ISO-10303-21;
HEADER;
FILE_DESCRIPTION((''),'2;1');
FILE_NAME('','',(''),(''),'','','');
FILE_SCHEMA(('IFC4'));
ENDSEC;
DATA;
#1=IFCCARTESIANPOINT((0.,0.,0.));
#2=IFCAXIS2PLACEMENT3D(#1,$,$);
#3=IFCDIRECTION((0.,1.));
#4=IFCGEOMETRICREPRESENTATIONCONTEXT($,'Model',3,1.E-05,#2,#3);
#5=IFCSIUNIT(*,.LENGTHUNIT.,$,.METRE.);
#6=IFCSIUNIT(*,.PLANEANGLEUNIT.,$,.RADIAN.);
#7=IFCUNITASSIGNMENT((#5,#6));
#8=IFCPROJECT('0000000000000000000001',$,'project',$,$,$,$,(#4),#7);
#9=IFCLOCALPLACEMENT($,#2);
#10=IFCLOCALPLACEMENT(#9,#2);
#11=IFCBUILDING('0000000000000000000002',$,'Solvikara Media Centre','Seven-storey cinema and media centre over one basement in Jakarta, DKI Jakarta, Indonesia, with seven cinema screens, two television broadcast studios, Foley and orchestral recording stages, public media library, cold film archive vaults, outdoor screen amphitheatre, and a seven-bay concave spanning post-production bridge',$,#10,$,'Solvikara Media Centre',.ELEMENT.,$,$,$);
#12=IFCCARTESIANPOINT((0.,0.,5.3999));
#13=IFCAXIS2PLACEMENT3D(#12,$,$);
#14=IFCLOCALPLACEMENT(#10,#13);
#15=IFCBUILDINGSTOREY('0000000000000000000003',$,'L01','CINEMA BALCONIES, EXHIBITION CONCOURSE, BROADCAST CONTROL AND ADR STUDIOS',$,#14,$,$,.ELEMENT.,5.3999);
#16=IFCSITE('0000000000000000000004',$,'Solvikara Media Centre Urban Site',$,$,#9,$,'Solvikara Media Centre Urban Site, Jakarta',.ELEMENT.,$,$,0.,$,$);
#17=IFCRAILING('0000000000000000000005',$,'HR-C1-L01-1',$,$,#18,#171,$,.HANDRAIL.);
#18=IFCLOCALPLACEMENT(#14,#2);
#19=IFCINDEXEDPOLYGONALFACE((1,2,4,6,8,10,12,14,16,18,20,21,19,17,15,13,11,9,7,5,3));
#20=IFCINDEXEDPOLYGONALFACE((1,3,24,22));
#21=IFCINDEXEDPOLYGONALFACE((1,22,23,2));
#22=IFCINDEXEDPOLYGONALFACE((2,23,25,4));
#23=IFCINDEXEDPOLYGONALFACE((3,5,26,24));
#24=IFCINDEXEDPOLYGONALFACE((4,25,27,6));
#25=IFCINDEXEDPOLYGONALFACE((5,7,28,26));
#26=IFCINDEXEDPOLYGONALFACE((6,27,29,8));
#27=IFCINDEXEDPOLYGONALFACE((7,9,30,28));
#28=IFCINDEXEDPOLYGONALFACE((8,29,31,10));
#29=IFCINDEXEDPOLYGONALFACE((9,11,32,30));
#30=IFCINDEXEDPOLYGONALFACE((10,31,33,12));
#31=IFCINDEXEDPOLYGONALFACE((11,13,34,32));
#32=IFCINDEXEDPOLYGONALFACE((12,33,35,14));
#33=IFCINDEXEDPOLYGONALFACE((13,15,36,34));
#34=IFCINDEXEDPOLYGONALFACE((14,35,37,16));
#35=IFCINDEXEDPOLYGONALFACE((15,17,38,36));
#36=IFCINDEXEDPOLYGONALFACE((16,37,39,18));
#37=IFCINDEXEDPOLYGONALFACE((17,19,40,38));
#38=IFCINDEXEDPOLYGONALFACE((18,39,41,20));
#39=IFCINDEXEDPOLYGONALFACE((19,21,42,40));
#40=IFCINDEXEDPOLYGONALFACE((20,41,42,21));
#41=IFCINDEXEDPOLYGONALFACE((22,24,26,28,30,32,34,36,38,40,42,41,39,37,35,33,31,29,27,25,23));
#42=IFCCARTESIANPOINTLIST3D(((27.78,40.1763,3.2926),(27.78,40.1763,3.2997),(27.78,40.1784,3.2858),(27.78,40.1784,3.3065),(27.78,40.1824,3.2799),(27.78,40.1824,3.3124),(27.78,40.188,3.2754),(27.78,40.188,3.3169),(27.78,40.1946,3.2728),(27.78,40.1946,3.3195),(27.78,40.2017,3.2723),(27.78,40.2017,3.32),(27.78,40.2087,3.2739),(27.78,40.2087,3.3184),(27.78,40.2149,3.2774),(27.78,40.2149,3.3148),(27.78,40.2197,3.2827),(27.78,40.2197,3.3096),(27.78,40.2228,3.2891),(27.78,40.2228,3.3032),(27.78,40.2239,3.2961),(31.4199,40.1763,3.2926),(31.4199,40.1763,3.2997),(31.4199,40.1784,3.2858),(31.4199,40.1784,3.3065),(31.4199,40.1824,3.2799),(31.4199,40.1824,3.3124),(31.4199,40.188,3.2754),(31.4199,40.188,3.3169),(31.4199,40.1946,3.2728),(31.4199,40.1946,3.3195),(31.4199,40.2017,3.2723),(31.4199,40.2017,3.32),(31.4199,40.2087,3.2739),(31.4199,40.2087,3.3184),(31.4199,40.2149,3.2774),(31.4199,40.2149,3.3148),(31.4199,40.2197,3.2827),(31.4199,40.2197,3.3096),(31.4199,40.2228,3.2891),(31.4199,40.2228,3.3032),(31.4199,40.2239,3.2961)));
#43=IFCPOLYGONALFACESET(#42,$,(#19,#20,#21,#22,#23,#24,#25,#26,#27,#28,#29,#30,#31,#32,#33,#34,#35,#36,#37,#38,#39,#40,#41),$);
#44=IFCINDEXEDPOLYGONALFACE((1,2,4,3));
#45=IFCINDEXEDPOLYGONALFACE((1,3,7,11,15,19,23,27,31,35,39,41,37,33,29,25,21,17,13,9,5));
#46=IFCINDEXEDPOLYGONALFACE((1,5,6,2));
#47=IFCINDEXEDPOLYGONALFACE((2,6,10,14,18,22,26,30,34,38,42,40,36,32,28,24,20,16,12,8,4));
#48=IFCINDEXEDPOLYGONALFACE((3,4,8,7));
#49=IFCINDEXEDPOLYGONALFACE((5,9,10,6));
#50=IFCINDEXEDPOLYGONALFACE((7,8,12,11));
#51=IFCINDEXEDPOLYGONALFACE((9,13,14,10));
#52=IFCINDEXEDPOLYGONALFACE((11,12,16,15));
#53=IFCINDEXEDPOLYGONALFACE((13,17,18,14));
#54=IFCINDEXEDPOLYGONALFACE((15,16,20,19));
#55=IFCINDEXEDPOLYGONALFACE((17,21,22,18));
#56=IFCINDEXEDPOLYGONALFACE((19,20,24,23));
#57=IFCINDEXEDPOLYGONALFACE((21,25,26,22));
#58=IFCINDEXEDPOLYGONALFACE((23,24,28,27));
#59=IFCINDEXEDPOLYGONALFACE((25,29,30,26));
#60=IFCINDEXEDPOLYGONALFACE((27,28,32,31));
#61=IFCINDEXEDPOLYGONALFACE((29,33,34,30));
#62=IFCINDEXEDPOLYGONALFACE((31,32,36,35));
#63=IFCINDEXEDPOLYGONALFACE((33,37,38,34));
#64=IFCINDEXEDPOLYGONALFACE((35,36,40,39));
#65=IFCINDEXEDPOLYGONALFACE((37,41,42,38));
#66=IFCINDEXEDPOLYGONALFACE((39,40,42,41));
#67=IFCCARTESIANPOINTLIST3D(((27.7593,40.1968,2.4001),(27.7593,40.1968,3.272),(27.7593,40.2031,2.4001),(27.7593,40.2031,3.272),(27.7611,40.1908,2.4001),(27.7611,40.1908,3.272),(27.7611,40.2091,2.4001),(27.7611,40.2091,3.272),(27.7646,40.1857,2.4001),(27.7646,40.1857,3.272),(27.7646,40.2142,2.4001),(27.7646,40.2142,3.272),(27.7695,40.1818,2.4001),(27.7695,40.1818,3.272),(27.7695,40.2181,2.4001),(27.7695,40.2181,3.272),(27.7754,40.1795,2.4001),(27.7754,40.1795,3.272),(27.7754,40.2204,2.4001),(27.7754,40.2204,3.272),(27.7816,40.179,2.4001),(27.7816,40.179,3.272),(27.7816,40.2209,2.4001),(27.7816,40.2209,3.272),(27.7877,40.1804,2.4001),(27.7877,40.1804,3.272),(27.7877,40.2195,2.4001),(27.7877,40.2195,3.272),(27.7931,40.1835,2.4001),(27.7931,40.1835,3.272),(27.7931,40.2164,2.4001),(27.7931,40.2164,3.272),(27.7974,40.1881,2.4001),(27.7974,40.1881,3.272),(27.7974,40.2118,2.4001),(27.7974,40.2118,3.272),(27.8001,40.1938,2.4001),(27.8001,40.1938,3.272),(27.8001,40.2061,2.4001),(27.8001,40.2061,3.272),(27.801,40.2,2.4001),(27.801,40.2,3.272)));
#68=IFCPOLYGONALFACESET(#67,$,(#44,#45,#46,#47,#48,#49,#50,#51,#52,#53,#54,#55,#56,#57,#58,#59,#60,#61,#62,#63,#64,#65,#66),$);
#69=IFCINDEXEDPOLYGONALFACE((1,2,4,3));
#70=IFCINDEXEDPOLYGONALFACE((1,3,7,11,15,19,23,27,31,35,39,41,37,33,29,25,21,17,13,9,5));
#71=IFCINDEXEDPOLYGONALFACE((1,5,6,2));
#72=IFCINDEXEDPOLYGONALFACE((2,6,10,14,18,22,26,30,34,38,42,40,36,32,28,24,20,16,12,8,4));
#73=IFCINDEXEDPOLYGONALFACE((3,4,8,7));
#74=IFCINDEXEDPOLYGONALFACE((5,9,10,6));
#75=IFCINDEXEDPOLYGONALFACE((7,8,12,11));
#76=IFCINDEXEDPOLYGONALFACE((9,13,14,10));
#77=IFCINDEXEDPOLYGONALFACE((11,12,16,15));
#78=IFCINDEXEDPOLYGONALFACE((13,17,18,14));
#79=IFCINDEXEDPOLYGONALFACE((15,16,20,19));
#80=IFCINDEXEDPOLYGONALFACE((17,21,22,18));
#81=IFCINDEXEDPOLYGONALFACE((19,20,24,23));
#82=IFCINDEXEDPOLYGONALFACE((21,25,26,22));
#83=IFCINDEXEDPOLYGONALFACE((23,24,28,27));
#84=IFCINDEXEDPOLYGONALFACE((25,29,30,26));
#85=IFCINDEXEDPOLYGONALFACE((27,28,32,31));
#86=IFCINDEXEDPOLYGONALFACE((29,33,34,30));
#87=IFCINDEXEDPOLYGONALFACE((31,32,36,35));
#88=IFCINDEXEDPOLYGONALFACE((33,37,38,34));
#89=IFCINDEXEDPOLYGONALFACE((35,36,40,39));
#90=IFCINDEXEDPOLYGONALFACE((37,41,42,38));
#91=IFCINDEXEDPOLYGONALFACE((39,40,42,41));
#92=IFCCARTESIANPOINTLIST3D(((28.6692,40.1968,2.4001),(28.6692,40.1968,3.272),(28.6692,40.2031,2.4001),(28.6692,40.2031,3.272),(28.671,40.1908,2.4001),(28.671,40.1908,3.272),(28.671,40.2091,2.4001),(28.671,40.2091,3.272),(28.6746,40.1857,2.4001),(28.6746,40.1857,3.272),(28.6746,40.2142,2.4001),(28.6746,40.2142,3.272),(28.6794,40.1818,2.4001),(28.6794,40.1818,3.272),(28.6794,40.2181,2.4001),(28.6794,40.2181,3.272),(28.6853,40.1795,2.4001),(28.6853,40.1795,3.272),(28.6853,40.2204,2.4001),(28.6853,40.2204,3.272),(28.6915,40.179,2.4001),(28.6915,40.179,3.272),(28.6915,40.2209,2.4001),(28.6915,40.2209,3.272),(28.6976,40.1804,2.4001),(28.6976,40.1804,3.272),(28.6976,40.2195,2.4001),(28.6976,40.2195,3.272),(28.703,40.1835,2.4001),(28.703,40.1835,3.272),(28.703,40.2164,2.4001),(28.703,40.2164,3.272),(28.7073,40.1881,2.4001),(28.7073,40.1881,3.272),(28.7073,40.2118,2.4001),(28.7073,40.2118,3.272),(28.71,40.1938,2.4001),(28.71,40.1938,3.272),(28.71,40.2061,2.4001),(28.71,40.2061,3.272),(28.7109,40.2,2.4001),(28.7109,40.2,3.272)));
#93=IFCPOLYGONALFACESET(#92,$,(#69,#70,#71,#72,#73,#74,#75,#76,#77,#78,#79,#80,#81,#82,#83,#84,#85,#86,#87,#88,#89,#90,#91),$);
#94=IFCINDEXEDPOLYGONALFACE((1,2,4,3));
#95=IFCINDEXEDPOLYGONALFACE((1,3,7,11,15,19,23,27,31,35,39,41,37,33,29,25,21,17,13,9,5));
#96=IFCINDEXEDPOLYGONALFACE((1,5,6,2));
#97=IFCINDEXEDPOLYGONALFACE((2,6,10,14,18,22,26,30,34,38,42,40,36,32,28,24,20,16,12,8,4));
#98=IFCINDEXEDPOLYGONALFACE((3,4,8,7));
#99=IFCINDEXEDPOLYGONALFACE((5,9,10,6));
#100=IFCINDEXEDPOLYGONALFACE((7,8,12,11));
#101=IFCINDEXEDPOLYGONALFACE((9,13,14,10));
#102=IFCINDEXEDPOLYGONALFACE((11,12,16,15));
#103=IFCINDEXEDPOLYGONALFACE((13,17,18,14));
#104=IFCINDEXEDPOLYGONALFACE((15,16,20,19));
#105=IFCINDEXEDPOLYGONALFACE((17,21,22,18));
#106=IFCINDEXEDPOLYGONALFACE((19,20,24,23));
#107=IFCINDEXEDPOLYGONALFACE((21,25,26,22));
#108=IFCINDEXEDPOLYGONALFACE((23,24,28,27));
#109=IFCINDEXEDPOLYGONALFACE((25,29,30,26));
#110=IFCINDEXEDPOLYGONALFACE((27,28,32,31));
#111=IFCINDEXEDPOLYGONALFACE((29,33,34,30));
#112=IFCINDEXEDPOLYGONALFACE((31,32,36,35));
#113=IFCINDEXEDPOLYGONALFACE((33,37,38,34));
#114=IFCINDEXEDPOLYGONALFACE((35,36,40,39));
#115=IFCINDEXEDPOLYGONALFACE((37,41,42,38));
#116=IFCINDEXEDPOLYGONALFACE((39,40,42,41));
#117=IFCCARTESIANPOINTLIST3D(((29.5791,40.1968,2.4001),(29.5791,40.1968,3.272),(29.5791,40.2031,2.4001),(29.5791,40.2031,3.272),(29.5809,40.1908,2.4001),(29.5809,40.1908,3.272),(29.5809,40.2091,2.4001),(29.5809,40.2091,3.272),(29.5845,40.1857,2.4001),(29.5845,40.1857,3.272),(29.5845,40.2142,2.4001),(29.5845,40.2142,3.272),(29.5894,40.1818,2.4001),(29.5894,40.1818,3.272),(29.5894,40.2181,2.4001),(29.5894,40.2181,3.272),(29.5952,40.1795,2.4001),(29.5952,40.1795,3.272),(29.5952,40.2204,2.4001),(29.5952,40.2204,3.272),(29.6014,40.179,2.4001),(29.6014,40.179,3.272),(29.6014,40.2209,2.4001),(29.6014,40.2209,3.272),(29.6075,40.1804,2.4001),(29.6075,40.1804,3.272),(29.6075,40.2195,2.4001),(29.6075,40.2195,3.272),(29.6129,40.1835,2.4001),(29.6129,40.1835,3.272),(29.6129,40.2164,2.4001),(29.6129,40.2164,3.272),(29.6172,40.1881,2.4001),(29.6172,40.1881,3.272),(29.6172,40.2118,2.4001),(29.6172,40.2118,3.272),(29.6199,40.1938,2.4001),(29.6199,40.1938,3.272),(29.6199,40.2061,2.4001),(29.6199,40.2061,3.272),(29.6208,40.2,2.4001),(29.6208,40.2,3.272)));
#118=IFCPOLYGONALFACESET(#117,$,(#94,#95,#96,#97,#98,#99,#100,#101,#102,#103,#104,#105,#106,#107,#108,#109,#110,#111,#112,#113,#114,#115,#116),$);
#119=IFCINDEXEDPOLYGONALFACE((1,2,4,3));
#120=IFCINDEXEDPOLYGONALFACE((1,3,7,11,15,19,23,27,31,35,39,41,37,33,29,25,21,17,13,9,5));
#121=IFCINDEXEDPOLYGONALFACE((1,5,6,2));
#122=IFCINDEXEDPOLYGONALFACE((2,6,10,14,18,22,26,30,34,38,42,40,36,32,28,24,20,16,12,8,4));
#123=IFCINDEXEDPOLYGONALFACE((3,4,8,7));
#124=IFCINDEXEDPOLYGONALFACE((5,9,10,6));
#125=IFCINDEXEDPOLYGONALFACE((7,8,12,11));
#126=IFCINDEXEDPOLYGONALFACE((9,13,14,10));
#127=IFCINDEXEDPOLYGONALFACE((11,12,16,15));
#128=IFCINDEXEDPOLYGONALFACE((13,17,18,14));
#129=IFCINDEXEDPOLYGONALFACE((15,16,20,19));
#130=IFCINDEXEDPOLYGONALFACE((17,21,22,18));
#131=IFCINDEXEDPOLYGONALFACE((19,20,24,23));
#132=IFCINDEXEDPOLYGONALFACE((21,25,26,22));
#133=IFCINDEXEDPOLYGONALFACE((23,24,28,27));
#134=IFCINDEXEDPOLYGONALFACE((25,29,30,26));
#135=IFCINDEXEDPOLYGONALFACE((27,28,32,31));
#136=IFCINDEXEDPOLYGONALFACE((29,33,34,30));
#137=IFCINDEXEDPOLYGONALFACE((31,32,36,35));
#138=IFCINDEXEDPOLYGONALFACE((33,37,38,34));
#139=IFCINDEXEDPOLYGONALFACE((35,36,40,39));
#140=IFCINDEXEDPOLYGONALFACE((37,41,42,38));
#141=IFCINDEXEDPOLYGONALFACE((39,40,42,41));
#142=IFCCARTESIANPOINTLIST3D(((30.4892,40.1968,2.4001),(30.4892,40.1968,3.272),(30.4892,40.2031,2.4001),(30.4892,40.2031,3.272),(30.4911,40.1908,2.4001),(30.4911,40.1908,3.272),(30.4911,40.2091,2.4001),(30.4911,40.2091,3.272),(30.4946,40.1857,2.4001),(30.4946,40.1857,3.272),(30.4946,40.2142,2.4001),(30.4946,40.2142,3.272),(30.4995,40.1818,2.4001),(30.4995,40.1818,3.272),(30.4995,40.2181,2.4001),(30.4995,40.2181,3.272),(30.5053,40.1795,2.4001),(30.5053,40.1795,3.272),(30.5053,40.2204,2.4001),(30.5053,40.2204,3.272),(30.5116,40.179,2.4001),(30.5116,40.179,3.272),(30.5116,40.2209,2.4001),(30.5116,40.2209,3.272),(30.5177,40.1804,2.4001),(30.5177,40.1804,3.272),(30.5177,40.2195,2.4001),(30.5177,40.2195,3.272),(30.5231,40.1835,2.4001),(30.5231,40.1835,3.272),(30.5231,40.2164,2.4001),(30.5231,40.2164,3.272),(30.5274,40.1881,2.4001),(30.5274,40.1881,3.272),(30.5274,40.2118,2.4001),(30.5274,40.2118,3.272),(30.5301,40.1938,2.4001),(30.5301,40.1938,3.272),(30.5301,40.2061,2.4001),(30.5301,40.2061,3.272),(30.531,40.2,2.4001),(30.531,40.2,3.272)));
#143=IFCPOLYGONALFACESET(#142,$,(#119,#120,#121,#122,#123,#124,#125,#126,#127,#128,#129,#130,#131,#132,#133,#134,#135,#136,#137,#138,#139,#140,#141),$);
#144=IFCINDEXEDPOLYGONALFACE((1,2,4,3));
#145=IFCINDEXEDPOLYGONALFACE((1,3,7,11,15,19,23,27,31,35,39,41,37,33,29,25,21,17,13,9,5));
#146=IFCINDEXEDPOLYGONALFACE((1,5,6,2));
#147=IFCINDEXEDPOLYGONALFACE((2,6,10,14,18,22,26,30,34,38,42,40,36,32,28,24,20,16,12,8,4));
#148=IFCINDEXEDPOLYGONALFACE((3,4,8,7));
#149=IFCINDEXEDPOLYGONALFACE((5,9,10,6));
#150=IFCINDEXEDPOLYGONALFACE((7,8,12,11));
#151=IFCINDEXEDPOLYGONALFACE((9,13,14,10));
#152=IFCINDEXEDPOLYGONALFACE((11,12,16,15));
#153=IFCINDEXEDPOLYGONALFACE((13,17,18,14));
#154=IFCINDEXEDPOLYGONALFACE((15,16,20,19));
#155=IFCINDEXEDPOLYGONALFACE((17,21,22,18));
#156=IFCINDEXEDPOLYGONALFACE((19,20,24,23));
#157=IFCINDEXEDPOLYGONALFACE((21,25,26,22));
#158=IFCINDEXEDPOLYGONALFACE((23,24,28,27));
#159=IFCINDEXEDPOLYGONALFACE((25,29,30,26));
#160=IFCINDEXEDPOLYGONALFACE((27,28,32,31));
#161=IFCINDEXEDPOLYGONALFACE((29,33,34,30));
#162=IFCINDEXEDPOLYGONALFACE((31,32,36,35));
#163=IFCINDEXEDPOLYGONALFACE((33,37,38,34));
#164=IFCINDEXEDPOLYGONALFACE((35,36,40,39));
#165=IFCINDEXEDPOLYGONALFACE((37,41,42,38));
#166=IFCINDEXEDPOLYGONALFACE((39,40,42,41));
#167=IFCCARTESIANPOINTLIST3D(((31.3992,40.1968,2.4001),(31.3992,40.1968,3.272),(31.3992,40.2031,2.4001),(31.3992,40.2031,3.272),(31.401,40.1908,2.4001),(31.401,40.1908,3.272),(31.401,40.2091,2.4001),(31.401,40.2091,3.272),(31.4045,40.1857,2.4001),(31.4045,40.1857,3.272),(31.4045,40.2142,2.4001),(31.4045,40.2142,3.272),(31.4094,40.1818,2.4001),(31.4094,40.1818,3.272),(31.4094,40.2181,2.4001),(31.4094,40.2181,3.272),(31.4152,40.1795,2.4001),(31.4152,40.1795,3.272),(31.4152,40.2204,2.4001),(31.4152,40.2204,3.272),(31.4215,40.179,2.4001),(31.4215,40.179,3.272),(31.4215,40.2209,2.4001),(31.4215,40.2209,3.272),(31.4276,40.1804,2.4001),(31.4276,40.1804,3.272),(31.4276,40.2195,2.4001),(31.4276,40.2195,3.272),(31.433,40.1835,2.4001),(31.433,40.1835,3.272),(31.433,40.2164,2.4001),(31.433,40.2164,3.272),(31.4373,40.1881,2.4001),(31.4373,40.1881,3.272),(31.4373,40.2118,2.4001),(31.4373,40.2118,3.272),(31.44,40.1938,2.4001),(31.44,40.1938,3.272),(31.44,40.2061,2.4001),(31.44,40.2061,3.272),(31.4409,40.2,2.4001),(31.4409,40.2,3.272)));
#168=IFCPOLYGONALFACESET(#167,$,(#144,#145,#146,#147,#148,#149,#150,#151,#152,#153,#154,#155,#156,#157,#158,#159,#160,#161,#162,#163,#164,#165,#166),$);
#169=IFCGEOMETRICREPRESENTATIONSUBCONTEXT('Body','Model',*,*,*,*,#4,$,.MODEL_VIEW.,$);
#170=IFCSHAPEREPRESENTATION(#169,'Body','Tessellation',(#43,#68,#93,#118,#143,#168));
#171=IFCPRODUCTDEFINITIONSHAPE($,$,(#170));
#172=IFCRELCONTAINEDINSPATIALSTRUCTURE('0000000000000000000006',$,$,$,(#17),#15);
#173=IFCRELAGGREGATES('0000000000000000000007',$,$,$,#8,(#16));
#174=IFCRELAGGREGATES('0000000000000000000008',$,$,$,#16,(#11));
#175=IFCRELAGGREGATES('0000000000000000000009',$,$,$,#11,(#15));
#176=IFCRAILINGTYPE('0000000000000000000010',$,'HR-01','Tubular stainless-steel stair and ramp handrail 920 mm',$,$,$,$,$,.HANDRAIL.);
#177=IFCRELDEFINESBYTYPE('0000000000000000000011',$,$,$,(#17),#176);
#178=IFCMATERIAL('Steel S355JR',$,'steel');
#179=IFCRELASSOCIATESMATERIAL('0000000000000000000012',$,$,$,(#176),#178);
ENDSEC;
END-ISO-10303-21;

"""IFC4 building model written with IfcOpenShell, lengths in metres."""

from ifc_helpers import new_model, si_unit, direction, frame, origin, origin_2d, place, context, subcontext, project, spatial, circle, extrude, material, type_object, element, save


model = new_model("IFC4")

# Units and contexts
model_context = context("Model", 3, precision=1e-05, world=origin(), true_north=direction((0.0, 1.0)))
body_context = subcontext(model_context, "Body", "Model", "MODEL_VIEW")
ifc_project = project(units=[si_unit("LENGTHUNIT", "METRE"), si_unit("PLANEANGLEUNIT", "RADIAN")], contexts=[model_context])

# Site, building, storey
site_placement = place(None, origin())
site = spatial("IfcSite", under=ifc_project, at=site_placement, Name="Solvikara Media Centre Urban Site", LongName="Solvikara Media Centre Urban Site, Jakarta", CompositionType="ELEMENT", RefElevation=0.0)
building_placement = place(site_placement, origin())
building = spatial("IfcBuilding", under=site, at=building_placement, Name="Solvikara Media Centre", Description="Seven-storey cinema and media centre over one basement in Jakarta, DKI Jakarta, Indonesia, with seven cinema screens, two television broadcast studios, Foley and orchestral recording stages, public media library, cold film archive vaults, outdoor screen amphitheatre, and a seven-bay concave spanning post-production bridge", LongName="Solvikara Media Centre", CompositionType="ELEMENT")
storey_placement = place(building_placement, frame((0.0, 0.0, 5.3999)))
storey = spatial("IfcBuildingStorey", under=building, at=storey_placement, Name="L01", Description="CINEMA BALCONIES, EXHIBITION CONCOURSE, BROADCAST CONTROL AND ADR STUDIOS", CompositionType="ELEMENT", Elevation=5.3999)

# Shared definitions
ifc_material_1 = material(Name="Steel S355JR", Category="steel")

# Railing
railing_type_1 = type_object("IfcRailingType", Name="HR-01", Description="Tubular stainless-steel stair and ramp handrail 920 mm", PredefinedType="HANDRAIL", material=ifc_material_1)
railing_1_placement = place(storey_placement, frame((27.78, 40.2, 2.4001)))
element("IfcRailing", 1, at=railing_1_placement, inside=storey, type_object=railing_type_1, Name="HR-C1-L01-1", PredefinedType="HANDRAIL", context=body_context, shape_type="SweptSolid", body=[
    extrude(circle(Radius=0.0239, at=origin_2d()), frame((0.0, 0.0, 0.896), z_axis=(1.0, 0.0, 0.0), x_axis=(0.0, 1.0, 0.0)), (0.0, 0.0, 1.0), 3.6399),
    extrude(circle(Radius=0.021, at=origin_2d()), origin(), (0.0, 0.0, 1.0), 0.8718),
    extrude(circle(Radius=0.021, at=origin_2d()), frame((0.9099, 0.0, 0.0)), (0.0, 0.0, 1.0), 0.8718),
    extrude(circle(Radius=0.021, at=origin_2d()), frame((1.8198, 0.0, 0.0)), (0.0, 0.0, 1.0), 0.8718),
    extrude(circle(Radius=0.021, at=origin_2d()), frame((2.73, 0.0, 0.0)), (0.0, 0.0, 1.0), 0.8718),
    extrude(circle(Radius=0.021, at=origin_2d()), frame((3.6399, 0.0, 0.0)), (0.0, 0.0, 1.0), 0.8718),
])

save(model, "model.ifc")
